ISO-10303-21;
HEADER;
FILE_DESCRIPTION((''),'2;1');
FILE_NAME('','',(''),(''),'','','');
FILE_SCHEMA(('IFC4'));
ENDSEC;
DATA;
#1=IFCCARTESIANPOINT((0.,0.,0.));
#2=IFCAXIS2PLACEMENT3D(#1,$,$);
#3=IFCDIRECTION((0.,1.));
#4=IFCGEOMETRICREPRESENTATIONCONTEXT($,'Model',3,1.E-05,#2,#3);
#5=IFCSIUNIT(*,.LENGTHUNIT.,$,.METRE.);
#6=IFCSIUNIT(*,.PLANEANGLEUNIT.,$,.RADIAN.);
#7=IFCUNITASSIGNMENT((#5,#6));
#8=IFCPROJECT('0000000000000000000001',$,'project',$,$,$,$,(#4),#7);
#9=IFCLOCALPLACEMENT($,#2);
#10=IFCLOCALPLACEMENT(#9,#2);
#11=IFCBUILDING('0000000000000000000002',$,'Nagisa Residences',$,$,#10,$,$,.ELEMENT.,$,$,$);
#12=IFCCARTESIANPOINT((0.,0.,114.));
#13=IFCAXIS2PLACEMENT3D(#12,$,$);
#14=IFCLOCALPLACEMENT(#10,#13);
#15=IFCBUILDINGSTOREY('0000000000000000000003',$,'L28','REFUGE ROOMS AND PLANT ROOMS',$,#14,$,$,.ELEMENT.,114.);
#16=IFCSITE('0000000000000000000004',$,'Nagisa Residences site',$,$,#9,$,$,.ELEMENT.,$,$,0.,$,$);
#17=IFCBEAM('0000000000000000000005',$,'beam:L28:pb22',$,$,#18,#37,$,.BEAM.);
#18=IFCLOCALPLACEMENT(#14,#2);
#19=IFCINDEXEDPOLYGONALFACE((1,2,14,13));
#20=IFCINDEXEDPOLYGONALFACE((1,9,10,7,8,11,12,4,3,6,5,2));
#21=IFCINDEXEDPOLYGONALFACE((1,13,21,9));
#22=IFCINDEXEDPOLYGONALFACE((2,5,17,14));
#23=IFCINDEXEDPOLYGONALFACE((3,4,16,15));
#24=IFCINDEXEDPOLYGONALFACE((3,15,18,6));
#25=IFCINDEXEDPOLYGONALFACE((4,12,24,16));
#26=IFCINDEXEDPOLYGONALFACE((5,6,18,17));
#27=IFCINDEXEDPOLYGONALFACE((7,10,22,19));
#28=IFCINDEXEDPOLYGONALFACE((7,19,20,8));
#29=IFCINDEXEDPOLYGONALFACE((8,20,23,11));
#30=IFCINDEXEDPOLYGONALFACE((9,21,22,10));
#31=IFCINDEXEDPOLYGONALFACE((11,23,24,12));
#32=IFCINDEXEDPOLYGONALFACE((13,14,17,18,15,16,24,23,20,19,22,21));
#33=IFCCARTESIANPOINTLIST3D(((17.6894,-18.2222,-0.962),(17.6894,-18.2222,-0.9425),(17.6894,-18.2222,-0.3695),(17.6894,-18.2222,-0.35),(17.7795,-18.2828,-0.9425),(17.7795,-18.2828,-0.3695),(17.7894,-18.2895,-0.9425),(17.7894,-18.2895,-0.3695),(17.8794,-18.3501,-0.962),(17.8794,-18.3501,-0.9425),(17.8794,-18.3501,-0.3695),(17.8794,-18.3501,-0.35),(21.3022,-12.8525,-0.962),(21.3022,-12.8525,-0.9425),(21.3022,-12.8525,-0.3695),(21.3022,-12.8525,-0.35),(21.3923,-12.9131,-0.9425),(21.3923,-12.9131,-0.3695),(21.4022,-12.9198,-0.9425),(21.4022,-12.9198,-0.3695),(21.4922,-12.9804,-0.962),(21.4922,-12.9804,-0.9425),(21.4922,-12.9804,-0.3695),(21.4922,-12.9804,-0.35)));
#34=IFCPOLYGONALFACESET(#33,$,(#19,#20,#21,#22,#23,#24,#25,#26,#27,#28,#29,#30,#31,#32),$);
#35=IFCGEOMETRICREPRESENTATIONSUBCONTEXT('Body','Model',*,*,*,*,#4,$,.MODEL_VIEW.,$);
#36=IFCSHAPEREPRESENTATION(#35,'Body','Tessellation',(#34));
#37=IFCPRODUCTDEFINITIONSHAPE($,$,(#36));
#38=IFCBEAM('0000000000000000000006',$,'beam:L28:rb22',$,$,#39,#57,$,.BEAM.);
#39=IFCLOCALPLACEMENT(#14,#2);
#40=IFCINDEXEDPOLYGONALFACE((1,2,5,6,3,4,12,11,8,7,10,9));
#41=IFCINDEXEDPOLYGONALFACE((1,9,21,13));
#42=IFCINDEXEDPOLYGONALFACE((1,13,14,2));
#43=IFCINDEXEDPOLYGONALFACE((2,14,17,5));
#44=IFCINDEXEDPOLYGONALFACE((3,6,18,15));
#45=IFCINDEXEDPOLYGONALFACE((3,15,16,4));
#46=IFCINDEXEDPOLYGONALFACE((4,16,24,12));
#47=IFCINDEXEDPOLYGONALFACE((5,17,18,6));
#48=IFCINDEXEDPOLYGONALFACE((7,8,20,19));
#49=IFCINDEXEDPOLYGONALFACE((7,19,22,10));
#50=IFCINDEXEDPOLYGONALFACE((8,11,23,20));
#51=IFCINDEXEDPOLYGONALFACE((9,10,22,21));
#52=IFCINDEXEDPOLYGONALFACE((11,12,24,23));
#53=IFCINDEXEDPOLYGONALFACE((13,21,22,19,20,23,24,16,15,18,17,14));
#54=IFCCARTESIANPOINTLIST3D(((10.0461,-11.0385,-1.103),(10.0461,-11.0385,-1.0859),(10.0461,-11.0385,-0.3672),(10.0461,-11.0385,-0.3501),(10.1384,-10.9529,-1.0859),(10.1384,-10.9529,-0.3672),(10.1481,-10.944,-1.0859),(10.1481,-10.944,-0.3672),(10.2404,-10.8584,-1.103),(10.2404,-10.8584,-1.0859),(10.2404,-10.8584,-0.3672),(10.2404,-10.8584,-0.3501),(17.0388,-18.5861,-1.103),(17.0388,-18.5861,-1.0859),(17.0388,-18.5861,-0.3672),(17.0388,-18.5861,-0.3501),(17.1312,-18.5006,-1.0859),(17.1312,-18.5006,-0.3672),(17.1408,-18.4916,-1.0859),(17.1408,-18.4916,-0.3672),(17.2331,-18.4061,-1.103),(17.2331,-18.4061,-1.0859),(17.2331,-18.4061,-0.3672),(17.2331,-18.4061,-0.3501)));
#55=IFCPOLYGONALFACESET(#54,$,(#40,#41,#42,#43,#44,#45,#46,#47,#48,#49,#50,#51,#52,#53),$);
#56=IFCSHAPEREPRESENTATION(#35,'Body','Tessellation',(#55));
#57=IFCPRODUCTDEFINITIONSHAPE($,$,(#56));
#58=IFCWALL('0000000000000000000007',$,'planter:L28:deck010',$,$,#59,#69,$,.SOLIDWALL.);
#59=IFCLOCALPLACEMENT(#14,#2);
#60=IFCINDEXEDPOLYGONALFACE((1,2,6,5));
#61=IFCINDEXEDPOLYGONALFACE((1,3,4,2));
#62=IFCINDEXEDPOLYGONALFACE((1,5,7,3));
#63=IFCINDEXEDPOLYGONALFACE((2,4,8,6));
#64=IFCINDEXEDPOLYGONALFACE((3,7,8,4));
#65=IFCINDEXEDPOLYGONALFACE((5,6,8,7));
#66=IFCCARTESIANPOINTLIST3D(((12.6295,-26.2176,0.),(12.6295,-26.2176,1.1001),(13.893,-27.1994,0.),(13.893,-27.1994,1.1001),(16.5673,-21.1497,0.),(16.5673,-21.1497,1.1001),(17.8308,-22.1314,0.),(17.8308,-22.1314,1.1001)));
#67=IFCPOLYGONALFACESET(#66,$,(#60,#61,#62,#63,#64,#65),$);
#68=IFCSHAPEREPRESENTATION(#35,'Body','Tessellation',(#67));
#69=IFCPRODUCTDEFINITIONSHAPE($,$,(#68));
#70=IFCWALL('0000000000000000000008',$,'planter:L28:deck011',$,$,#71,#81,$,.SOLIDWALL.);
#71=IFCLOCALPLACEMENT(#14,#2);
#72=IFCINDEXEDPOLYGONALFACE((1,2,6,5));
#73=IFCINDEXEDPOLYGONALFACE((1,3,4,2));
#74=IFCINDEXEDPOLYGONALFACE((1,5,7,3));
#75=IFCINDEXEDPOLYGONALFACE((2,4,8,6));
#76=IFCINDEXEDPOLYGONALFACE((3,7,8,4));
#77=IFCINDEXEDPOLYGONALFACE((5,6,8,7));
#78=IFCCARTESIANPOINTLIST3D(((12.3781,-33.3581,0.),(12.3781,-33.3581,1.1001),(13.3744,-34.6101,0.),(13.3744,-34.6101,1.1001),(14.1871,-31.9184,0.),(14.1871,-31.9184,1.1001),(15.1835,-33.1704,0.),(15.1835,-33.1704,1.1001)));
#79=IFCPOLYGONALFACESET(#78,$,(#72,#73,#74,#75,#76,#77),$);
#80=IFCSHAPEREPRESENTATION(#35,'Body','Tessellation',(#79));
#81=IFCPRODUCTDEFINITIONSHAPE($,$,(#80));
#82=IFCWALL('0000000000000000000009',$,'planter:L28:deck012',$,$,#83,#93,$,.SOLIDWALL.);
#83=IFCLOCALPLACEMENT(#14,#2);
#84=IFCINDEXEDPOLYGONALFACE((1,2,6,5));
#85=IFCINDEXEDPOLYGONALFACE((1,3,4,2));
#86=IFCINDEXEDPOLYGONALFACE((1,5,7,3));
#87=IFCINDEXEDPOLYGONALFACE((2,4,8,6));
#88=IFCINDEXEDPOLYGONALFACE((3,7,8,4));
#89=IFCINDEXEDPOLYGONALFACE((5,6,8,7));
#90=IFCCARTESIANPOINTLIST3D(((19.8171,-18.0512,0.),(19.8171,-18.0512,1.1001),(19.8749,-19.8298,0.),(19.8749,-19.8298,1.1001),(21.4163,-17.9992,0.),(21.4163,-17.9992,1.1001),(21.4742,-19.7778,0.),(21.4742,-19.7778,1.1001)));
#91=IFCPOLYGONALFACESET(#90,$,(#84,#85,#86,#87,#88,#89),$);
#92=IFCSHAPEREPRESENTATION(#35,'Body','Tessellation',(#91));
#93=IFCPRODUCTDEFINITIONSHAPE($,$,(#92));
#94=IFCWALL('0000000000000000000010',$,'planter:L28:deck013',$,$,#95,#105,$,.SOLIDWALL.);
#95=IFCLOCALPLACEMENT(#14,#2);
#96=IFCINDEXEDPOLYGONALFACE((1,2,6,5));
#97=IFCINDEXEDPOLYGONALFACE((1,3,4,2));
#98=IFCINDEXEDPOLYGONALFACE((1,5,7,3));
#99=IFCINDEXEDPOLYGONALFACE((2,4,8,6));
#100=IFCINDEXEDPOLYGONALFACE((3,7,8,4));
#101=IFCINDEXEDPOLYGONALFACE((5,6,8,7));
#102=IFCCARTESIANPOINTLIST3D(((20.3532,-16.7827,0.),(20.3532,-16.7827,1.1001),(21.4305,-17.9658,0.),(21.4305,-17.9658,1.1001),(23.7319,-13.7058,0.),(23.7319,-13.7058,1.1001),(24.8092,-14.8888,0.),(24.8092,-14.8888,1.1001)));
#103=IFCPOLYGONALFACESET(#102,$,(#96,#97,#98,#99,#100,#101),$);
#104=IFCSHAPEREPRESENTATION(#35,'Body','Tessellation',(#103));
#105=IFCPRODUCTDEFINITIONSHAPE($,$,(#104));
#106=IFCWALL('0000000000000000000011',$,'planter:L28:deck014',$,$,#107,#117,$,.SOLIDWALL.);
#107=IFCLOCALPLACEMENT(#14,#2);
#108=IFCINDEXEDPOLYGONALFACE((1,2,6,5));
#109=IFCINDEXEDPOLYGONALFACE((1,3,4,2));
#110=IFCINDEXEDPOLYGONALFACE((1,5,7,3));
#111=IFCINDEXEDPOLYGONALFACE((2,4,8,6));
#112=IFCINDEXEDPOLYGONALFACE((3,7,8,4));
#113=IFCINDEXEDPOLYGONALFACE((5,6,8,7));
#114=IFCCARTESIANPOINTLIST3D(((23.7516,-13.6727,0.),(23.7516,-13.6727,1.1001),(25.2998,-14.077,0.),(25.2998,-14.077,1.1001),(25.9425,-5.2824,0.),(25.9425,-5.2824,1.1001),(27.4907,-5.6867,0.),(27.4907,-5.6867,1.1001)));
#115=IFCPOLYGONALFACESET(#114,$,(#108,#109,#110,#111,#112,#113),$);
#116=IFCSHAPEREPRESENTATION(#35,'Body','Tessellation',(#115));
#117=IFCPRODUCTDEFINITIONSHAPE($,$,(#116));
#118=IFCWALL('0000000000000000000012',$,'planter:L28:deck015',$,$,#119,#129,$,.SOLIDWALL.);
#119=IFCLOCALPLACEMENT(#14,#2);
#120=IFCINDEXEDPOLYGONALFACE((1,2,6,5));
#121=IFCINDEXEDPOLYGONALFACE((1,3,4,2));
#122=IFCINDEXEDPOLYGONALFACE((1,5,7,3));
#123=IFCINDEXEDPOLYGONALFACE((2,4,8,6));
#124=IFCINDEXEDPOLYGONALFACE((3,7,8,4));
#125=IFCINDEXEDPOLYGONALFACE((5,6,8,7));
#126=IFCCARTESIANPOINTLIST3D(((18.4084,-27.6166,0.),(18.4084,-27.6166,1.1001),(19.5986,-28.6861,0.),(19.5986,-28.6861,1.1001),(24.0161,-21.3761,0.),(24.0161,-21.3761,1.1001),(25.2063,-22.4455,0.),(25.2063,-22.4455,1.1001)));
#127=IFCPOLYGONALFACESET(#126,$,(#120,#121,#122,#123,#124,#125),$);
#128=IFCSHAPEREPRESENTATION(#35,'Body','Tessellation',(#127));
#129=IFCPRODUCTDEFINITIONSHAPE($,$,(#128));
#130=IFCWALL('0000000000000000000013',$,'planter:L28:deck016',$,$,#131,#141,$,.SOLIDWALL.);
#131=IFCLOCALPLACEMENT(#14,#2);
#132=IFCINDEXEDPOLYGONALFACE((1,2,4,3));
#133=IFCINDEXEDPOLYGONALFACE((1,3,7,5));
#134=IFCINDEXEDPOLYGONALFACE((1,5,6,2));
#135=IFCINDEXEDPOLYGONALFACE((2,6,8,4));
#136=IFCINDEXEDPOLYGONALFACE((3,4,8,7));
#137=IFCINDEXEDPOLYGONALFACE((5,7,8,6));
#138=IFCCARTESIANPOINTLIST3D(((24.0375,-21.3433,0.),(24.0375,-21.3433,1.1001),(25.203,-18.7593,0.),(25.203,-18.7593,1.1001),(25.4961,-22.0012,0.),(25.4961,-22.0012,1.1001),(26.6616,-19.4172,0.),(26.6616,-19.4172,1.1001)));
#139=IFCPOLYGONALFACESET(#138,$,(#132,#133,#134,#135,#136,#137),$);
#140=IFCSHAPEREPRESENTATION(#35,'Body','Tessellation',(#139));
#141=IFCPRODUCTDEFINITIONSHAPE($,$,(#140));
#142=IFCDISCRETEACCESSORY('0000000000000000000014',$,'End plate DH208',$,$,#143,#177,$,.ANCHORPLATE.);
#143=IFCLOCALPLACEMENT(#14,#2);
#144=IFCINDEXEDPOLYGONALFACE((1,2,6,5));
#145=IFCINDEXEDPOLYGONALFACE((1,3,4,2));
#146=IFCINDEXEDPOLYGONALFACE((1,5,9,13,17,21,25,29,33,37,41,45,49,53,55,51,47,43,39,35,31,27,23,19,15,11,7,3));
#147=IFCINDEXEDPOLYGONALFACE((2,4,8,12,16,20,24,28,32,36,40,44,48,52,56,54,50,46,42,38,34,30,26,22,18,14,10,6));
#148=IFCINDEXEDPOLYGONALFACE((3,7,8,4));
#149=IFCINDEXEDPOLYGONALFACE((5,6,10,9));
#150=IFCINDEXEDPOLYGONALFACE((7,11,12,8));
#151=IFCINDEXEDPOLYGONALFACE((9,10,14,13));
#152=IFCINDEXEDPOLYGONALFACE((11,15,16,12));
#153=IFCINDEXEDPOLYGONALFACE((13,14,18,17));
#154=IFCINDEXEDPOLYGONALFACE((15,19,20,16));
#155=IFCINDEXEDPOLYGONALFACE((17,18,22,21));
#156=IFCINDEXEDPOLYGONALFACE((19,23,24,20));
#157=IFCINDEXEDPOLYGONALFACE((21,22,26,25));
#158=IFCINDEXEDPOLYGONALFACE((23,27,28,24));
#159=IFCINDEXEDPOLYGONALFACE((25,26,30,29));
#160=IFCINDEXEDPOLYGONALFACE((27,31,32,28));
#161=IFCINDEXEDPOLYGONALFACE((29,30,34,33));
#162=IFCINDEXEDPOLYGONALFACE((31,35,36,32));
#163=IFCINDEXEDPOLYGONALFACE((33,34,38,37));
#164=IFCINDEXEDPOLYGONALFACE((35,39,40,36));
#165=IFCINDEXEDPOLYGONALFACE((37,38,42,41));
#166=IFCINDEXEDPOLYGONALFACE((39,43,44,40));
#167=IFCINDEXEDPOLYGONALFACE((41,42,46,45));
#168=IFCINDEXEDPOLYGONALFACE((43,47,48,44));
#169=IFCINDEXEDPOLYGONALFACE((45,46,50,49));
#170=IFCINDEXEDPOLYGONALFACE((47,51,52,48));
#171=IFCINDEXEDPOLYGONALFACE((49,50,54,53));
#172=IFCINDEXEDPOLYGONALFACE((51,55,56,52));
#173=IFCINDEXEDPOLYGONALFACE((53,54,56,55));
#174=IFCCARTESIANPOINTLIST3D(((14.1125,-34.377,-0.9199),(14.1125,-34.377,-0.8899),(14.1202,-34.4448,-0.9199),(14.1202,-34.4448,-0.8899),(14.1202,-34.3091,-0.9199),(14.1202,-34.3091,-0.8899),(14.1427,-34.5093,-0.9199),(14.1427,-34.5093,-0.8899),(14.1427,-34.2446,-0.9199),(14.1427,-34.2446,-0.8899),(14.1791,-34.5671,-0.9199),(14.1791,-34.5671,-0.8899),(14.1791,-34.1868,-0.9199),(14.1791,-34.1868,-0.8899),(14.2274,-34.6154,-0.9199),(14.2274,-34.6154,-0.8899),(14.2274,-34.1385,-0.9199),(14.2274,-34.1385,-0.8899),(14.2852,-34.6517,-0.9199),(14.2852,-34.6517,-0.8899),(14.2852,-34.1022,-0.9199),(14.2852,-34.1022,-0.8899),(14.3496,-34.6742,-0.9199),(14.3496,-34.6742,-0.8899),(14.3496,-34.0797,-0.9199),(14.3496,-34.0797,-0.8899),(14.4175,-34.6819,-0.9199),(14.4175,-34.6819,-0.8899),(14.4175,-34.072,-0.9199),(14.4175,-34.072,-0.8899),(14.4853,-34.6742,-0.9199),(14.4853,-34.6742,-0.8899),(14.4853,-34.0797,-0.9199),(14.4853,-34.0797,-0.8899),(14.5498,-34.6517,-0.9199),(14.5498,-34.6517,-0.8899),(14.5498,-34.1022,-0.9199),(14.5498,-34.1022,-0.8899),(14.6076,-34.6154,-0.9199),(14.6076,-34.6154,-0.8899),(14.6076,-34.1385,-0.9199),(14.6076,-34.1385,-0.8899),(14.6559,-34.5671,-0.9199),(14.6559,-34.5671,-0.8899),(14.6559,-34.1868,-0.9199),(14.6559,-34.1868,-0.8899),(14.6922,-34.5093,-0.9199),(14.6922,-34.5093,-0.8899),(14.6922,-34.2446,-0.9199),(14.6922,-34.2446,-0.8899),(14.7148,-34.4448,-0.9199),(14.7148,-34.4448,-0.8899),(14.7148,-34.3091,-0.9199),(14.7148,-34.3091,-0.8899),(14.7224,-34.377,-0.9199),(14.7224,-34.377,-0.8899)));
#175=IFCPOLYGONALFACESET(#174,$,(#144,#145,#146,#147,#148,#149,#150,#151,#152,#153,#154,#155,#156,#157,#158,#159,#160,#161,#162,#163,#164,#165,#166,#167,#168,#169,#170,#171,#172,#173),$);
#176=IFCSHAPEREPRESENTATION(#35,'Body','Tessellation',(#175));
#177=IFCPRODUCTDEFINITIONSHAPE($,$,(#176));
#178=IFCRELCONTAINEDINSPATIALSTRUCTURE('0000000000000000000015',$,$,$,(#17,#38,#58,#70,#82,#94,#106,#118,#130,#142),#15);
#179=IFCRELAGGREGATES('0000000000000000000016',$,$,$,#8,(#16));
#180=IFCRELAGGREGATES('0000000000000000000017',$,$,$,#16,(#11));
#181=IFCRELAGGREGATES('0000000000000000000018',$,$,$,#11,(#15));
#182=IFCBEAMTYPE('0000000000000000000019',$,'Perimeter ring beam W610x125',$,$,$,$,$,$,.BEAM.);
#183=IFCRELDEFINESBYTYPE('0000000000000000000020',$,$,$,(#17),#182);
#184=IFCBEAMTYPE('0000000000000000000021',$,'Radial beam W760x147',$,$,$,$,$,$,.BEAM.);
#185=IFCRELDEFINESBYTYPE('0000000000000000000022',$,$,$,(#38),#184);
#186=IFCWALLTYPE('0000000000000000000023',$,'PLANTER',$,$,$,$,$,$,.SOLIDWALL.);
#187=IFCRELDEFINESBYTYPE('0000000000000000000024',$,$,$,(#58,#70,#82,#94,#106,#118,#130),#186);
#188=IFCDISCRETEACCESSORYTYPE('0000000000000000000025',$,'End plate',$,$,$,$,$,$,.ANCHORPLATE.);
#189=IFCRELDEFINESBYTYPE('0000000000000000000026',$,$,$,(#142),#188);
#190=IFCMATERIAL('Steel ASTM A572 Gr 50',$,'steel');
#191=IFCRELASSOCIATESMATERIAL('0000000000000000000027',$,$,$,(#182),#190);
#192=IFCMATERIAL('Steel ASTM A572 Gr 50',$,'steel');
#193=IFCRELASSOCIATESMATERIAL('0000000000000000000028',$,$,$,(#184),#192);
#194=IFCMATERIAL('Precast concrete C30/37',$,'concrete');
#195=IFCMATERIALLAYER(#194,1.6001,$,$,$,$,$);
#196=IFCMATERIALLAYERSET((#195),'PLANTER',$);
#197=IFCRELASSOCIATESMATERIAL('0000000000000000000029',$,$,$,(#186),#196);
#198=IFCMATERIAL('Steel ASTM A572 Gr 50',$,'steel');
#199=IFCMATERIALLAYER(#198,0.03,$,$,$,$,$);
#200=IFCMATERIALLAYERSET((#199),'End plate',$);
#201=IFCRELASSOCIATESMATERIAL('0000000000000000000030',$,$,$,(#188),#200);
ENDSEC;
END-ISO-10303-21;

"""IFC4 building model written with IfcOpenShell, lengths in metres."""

from ifc_helpers import new_model, si_unit, direction, frame, frame_2d, origin, origin_2d, place, context, subcontext, project, spatial, rectangle, circle, i_section, extrude, material, layer, layer_set, material_profile, profile_set, type_object, element, save


model = new_model("IFC4")

# Units and contexts
model_context = context("Model", 3, precision=1e-05, world=origin(), true_north=direction((0.0, 1.0)))
body_context = subcontext(model_context, "Body", "Model", "MODEL_VIEW")
ifc_project = project(units=[si_unit("LENGTHUNIT", "METRE"), si_unit("PLANEANGLEUNIT", "RADIAN")], contexts=[model_context])

# Site, building, storey
site_placement = place(None, origin())
site = spatial("IfcSite", under=ifc_project, at=site_placement, Name="Nagisa Residences site", CompositionType="ELEMENT", RefElevation=0.0)
building_placement = place(site_placement, origin())
building = spatial("IfcBuilding", under=site, at=building_placement, Name="Nagisa Residences", CompositionType="ELEMENT")
storey_placement = place(building_placement, frame((0.0, 0.0, 114.0)))
storey = spatial("IfcBuildingStorey", under=building, at=storey_placement, Name="L28", Description="REFUGE ROOMS AND PLANT ROOMS", CompositionType="ELEMENT", Elevation=114.0)

# Beams
ifc_material_1 = material(Name="Steel ASTM A572 Gr 50", Category="steel")
ifc_material_profile_1 = material_profile(ifc_material_1, i_section(OverallWidth=0.229, OverallDepth=0.6121, WebThickness=0.012, FlangeThickness=0.0195, at=origin_2d()), Name="W610x125")
ifc_profile_set_1 = profile_set([ifc_material_profile_1], Name="Steel ASTM A572 Gr 50")
beam_type_1 = type_object("IfcBeamType", Name="Perimeter ring beam W610x125", PredefinedType="BEAM", material=ifc_profile_set_1)
beam_1_placement = place(storey_placement, frame((17.7844, -18.2861, -0.656), z_axis=(0.55823, 0.829687, 0.0), x_axis=(-0.829687, 0.55823, 0.0)))
element("IfcBeam", 1, at=beam_1_placement, inside=storey, type_object=beam_type_1, Name="beam:L28:pb22", PredefinedType="BEAM", context=body_context, shape_type="SweptSolid", body=[
    extrude(i_section(OverallWidth=0.229, OverallDepth=0.6121, WebThickness=0.012, FlangeThickness=0.0195, at=origin_2d()), origin(), (0.0, 0.0, 1.0), 6.4719),
])
ifc_material_2 = material(Name="Steel ASTM A572 Gr 50", Category="steel")
ifc_material_profile_2 = material_profile(ifc_material_2, i_section(OverallWidth=0.2649, OverallDepth=0.7529, WebThickness=0.0132, FlangeThickness=0.0171, at=origin_2d()), Name="W760x147")
ifc_profile_set_2 = profile_set([ifc_material_profile_2], Name="Steel ASTM A572 Gr 50")
beam_type_2 = type_object("IfcBeamType", Name="Radial beam W760x147", PredefinedType="BEAM", material=ifc_profile_set_2)
beam_2_placement = place(storey_placement, frame((17.136, -18.4961, -0.7266), z_axis=(-0.679625, 0.73356, 0.0), x_axis=(-0.73356, -0.679625, 0.0)))
element("IfcBeam", 2, at=beam_2_placement, inside=storey, type_object=beam_type_2, Name="beam:L28:rb22", PredefinedType="BEAM", context=body_context, shape_type="SweptSolid", body=[
    extrude(i_section(OverallWidth=0.2649, OverallDepth=0.7529, WebThickness=0.0132, FlangeThickness=0.0171, at=origin_2d()), origin(), (0.0, 0.0, 1.0), 10.2891),
])

# Walls
ifc_material_3 = material(Name="Precast concrete C30/37", Category="concrete")
ifc_layer_1 = layer(ifc_material_3, 1.6001)
ifc_layer_set_1 = layer_set([ifc_layer_1], Name="PLANTER")
wall_type = type_object("IfcWallType", Name="PLANTER", PredefinedType="SOLIDWALL", material=ifc_layer_set_1)
wall_1_placement = place(storey_placement, frame((13.2612, -26.7085, 0.0), z_axis=(0.0, 0.0, 1.0), x_axis=(0.613559, 0.789649, 0.0)))
element("IfcWall", 3, at=wall_1_placement, inside=storey, type_object=wall_type, Name="planter:L28:deck010", PredefinedType="SOLIDWALL", context=body_context, shape_type="SweptSolid", body=[
    extrude(rectangle(XDim=6.418, YDim=1.6001, at=frame_2d((3.209, 0.0))), origin(), (0.0, 0.0, 1.0), 1.1001),
])
wall_2_placement = place(storey_placement, frame((14.6853, -32.5444, 0.0), z_axis=(0.0, 0.0, 1.0), x_axis=(-0.782463, -0.622697, 0.0)))
element("IfcWall", 4, at=wall_2_placement, inside=storey, type_object=wall_type, Name="planter:L28:deck011", PredefinedType="SOLIDWALL", context=body_context, shape_type="SweptSolid", body=[
    extrude(rectangle(XDim=2.312, YDim=1.6001, at=frame_2d((1.156, 0.0))), origin(), (0.0, 0.0, 1.0), 1.1001),
])
wall_3_placement = place(storey_placement, frame((20.6746, -19.8037, 0.0), z_axis=(0.0, 0.0, 1.0), x_axis=(-0.032515, 0.999471, 0.0)))
element("IfcWall", 5, at=wall_3_placement, inside=storey, type_object=wall_type, Name="planter:L28:deck012", PredefinedType="SOLIDWALL", context=body_context, shape_type="SweptSolid", body=[
    extrude(rectangle(XDim=1.7795, YDim=1.6001, at=frame_2d((0.8896, 0.0))), origin(), (0.0, 0.0, 1.0), 1.1001),
])
wall_4_placement = place(storey_placement, frame((20.8918, -17.3743, 0.0), z_axis=(0.0, 0.0, 1.0), x_axis=(0.739352, 0.673319, 0.0)))
element("IfcWall", 6, at=wall_4_placement, inside=storey, type_object=wall_type, Name="planter:L28:deck013", PredefinedType="SOLIDWALL", context=body_context, shape_type="SweptSolid", body=[
    extrude(rectangle(XDim=4.5698, YDim=1.6001, at=frame_2d((2.2849, 0.0))), origin(), (0.0, 0.0, 1.0), 1.1001),
])
wall_5_placement = place(storey_placement, frame((24.5256, -13.875, 0.0), z_axis=(0.0, 0.0, 1.0), x_axis=(0.252651, 0.967557, 0.0)))
element("IfcWall", 7, at=wall_5_placement, inside=storey, type_object=wall_type, Name="planter:L28:deck014", PredefinedType="SOLIDWALL", context=body_context, shape_type="SweptSolid", body=[
    extrude(rectangle(XDim=8.6716, YDim=1.6001, at=frame_2d((4.3359, 0.0))), origin(), (0.0, 0.0, 1.0), 1.1001),
])
wall_6_placement = place(storey_placement, frame((24.6111, -21.9109, 0.0), z_axis=(0.0, 0.0, 1.0), x_axis=(-0.668387, -0.743813, 0.0)))
element("IfcWall", 8, at=wall_6_placement, inside=storey, type_object=wall_type, Name="planter:L28:deck015", PredefinedType="SOLIDWALL", context=body_context, shape_type="SweptSolid", body=[
    extrude(rectangle(XDim=8.3899, YDim=1.6001, at=frame_2d((4.1948, 0.0))), origin(), (0.0, 0.0, 1.0), 1.1001),
])
wall_7_placement = place(storey_placement, frame((25.9324, -19.0881, 0.0), z_axis=(0.0, 0.0, 1.0), x_axis=(-0.411167, -0.91156, 0.0)))
element("IfcWall", 9, at=wall_7_placement, inside=storey, type_object=wall_type, Name="planter:L28:deck016", PredefinedType="SOLIDWALL", context=body_context, shape_type="SweptSolid", body=[
    extrude(rectangle(XDim=2.8347, YDim=1.6001, at=frame_2d((1.4175, 0.0))), origin(), (0.0, 0.0, 1.0), 1.1001),
])

# Discrete accessory
ifc_material_4 = material(Name="Steel ASTM A572 Gr 50", Category="steel")
ifc_layer_2 = layer(ifc_material_4, 0.03)
ifc_layer_set_2 = layer_set([ifc_layer_2], Name="End plate")
discrete_accessory_type = type_object("IfcDiscreteAccessoryType", Name="End plate", PredefinedType="ANCHORPLATE", material=ifc_layer_set_2)
for number, where, z_axis, x_axis, name in (
    (10, (14.4175, -34.377, -0.8899), (0.0, 0.0, -1.0), (1.0, 0.0, 0.0), "End plate DH208"),
):
    element("IfcDiscreteAccessory", number, at=place(storey_placement, frame(where, z_axis=z_axis, x_axis=x_axis)), inside=storey, type_object=discrete_accessory_type, Name=name, PredefinedType="ANCHORPLATE", context=body_context, shape_type="SweptSolid", body=[
        extrude(circle(Radius=0.3049, at=origin_2d()), origin(), (0.0, 0.0, 1.0), 0.03),
    ])

save(model, "model.ifc")
